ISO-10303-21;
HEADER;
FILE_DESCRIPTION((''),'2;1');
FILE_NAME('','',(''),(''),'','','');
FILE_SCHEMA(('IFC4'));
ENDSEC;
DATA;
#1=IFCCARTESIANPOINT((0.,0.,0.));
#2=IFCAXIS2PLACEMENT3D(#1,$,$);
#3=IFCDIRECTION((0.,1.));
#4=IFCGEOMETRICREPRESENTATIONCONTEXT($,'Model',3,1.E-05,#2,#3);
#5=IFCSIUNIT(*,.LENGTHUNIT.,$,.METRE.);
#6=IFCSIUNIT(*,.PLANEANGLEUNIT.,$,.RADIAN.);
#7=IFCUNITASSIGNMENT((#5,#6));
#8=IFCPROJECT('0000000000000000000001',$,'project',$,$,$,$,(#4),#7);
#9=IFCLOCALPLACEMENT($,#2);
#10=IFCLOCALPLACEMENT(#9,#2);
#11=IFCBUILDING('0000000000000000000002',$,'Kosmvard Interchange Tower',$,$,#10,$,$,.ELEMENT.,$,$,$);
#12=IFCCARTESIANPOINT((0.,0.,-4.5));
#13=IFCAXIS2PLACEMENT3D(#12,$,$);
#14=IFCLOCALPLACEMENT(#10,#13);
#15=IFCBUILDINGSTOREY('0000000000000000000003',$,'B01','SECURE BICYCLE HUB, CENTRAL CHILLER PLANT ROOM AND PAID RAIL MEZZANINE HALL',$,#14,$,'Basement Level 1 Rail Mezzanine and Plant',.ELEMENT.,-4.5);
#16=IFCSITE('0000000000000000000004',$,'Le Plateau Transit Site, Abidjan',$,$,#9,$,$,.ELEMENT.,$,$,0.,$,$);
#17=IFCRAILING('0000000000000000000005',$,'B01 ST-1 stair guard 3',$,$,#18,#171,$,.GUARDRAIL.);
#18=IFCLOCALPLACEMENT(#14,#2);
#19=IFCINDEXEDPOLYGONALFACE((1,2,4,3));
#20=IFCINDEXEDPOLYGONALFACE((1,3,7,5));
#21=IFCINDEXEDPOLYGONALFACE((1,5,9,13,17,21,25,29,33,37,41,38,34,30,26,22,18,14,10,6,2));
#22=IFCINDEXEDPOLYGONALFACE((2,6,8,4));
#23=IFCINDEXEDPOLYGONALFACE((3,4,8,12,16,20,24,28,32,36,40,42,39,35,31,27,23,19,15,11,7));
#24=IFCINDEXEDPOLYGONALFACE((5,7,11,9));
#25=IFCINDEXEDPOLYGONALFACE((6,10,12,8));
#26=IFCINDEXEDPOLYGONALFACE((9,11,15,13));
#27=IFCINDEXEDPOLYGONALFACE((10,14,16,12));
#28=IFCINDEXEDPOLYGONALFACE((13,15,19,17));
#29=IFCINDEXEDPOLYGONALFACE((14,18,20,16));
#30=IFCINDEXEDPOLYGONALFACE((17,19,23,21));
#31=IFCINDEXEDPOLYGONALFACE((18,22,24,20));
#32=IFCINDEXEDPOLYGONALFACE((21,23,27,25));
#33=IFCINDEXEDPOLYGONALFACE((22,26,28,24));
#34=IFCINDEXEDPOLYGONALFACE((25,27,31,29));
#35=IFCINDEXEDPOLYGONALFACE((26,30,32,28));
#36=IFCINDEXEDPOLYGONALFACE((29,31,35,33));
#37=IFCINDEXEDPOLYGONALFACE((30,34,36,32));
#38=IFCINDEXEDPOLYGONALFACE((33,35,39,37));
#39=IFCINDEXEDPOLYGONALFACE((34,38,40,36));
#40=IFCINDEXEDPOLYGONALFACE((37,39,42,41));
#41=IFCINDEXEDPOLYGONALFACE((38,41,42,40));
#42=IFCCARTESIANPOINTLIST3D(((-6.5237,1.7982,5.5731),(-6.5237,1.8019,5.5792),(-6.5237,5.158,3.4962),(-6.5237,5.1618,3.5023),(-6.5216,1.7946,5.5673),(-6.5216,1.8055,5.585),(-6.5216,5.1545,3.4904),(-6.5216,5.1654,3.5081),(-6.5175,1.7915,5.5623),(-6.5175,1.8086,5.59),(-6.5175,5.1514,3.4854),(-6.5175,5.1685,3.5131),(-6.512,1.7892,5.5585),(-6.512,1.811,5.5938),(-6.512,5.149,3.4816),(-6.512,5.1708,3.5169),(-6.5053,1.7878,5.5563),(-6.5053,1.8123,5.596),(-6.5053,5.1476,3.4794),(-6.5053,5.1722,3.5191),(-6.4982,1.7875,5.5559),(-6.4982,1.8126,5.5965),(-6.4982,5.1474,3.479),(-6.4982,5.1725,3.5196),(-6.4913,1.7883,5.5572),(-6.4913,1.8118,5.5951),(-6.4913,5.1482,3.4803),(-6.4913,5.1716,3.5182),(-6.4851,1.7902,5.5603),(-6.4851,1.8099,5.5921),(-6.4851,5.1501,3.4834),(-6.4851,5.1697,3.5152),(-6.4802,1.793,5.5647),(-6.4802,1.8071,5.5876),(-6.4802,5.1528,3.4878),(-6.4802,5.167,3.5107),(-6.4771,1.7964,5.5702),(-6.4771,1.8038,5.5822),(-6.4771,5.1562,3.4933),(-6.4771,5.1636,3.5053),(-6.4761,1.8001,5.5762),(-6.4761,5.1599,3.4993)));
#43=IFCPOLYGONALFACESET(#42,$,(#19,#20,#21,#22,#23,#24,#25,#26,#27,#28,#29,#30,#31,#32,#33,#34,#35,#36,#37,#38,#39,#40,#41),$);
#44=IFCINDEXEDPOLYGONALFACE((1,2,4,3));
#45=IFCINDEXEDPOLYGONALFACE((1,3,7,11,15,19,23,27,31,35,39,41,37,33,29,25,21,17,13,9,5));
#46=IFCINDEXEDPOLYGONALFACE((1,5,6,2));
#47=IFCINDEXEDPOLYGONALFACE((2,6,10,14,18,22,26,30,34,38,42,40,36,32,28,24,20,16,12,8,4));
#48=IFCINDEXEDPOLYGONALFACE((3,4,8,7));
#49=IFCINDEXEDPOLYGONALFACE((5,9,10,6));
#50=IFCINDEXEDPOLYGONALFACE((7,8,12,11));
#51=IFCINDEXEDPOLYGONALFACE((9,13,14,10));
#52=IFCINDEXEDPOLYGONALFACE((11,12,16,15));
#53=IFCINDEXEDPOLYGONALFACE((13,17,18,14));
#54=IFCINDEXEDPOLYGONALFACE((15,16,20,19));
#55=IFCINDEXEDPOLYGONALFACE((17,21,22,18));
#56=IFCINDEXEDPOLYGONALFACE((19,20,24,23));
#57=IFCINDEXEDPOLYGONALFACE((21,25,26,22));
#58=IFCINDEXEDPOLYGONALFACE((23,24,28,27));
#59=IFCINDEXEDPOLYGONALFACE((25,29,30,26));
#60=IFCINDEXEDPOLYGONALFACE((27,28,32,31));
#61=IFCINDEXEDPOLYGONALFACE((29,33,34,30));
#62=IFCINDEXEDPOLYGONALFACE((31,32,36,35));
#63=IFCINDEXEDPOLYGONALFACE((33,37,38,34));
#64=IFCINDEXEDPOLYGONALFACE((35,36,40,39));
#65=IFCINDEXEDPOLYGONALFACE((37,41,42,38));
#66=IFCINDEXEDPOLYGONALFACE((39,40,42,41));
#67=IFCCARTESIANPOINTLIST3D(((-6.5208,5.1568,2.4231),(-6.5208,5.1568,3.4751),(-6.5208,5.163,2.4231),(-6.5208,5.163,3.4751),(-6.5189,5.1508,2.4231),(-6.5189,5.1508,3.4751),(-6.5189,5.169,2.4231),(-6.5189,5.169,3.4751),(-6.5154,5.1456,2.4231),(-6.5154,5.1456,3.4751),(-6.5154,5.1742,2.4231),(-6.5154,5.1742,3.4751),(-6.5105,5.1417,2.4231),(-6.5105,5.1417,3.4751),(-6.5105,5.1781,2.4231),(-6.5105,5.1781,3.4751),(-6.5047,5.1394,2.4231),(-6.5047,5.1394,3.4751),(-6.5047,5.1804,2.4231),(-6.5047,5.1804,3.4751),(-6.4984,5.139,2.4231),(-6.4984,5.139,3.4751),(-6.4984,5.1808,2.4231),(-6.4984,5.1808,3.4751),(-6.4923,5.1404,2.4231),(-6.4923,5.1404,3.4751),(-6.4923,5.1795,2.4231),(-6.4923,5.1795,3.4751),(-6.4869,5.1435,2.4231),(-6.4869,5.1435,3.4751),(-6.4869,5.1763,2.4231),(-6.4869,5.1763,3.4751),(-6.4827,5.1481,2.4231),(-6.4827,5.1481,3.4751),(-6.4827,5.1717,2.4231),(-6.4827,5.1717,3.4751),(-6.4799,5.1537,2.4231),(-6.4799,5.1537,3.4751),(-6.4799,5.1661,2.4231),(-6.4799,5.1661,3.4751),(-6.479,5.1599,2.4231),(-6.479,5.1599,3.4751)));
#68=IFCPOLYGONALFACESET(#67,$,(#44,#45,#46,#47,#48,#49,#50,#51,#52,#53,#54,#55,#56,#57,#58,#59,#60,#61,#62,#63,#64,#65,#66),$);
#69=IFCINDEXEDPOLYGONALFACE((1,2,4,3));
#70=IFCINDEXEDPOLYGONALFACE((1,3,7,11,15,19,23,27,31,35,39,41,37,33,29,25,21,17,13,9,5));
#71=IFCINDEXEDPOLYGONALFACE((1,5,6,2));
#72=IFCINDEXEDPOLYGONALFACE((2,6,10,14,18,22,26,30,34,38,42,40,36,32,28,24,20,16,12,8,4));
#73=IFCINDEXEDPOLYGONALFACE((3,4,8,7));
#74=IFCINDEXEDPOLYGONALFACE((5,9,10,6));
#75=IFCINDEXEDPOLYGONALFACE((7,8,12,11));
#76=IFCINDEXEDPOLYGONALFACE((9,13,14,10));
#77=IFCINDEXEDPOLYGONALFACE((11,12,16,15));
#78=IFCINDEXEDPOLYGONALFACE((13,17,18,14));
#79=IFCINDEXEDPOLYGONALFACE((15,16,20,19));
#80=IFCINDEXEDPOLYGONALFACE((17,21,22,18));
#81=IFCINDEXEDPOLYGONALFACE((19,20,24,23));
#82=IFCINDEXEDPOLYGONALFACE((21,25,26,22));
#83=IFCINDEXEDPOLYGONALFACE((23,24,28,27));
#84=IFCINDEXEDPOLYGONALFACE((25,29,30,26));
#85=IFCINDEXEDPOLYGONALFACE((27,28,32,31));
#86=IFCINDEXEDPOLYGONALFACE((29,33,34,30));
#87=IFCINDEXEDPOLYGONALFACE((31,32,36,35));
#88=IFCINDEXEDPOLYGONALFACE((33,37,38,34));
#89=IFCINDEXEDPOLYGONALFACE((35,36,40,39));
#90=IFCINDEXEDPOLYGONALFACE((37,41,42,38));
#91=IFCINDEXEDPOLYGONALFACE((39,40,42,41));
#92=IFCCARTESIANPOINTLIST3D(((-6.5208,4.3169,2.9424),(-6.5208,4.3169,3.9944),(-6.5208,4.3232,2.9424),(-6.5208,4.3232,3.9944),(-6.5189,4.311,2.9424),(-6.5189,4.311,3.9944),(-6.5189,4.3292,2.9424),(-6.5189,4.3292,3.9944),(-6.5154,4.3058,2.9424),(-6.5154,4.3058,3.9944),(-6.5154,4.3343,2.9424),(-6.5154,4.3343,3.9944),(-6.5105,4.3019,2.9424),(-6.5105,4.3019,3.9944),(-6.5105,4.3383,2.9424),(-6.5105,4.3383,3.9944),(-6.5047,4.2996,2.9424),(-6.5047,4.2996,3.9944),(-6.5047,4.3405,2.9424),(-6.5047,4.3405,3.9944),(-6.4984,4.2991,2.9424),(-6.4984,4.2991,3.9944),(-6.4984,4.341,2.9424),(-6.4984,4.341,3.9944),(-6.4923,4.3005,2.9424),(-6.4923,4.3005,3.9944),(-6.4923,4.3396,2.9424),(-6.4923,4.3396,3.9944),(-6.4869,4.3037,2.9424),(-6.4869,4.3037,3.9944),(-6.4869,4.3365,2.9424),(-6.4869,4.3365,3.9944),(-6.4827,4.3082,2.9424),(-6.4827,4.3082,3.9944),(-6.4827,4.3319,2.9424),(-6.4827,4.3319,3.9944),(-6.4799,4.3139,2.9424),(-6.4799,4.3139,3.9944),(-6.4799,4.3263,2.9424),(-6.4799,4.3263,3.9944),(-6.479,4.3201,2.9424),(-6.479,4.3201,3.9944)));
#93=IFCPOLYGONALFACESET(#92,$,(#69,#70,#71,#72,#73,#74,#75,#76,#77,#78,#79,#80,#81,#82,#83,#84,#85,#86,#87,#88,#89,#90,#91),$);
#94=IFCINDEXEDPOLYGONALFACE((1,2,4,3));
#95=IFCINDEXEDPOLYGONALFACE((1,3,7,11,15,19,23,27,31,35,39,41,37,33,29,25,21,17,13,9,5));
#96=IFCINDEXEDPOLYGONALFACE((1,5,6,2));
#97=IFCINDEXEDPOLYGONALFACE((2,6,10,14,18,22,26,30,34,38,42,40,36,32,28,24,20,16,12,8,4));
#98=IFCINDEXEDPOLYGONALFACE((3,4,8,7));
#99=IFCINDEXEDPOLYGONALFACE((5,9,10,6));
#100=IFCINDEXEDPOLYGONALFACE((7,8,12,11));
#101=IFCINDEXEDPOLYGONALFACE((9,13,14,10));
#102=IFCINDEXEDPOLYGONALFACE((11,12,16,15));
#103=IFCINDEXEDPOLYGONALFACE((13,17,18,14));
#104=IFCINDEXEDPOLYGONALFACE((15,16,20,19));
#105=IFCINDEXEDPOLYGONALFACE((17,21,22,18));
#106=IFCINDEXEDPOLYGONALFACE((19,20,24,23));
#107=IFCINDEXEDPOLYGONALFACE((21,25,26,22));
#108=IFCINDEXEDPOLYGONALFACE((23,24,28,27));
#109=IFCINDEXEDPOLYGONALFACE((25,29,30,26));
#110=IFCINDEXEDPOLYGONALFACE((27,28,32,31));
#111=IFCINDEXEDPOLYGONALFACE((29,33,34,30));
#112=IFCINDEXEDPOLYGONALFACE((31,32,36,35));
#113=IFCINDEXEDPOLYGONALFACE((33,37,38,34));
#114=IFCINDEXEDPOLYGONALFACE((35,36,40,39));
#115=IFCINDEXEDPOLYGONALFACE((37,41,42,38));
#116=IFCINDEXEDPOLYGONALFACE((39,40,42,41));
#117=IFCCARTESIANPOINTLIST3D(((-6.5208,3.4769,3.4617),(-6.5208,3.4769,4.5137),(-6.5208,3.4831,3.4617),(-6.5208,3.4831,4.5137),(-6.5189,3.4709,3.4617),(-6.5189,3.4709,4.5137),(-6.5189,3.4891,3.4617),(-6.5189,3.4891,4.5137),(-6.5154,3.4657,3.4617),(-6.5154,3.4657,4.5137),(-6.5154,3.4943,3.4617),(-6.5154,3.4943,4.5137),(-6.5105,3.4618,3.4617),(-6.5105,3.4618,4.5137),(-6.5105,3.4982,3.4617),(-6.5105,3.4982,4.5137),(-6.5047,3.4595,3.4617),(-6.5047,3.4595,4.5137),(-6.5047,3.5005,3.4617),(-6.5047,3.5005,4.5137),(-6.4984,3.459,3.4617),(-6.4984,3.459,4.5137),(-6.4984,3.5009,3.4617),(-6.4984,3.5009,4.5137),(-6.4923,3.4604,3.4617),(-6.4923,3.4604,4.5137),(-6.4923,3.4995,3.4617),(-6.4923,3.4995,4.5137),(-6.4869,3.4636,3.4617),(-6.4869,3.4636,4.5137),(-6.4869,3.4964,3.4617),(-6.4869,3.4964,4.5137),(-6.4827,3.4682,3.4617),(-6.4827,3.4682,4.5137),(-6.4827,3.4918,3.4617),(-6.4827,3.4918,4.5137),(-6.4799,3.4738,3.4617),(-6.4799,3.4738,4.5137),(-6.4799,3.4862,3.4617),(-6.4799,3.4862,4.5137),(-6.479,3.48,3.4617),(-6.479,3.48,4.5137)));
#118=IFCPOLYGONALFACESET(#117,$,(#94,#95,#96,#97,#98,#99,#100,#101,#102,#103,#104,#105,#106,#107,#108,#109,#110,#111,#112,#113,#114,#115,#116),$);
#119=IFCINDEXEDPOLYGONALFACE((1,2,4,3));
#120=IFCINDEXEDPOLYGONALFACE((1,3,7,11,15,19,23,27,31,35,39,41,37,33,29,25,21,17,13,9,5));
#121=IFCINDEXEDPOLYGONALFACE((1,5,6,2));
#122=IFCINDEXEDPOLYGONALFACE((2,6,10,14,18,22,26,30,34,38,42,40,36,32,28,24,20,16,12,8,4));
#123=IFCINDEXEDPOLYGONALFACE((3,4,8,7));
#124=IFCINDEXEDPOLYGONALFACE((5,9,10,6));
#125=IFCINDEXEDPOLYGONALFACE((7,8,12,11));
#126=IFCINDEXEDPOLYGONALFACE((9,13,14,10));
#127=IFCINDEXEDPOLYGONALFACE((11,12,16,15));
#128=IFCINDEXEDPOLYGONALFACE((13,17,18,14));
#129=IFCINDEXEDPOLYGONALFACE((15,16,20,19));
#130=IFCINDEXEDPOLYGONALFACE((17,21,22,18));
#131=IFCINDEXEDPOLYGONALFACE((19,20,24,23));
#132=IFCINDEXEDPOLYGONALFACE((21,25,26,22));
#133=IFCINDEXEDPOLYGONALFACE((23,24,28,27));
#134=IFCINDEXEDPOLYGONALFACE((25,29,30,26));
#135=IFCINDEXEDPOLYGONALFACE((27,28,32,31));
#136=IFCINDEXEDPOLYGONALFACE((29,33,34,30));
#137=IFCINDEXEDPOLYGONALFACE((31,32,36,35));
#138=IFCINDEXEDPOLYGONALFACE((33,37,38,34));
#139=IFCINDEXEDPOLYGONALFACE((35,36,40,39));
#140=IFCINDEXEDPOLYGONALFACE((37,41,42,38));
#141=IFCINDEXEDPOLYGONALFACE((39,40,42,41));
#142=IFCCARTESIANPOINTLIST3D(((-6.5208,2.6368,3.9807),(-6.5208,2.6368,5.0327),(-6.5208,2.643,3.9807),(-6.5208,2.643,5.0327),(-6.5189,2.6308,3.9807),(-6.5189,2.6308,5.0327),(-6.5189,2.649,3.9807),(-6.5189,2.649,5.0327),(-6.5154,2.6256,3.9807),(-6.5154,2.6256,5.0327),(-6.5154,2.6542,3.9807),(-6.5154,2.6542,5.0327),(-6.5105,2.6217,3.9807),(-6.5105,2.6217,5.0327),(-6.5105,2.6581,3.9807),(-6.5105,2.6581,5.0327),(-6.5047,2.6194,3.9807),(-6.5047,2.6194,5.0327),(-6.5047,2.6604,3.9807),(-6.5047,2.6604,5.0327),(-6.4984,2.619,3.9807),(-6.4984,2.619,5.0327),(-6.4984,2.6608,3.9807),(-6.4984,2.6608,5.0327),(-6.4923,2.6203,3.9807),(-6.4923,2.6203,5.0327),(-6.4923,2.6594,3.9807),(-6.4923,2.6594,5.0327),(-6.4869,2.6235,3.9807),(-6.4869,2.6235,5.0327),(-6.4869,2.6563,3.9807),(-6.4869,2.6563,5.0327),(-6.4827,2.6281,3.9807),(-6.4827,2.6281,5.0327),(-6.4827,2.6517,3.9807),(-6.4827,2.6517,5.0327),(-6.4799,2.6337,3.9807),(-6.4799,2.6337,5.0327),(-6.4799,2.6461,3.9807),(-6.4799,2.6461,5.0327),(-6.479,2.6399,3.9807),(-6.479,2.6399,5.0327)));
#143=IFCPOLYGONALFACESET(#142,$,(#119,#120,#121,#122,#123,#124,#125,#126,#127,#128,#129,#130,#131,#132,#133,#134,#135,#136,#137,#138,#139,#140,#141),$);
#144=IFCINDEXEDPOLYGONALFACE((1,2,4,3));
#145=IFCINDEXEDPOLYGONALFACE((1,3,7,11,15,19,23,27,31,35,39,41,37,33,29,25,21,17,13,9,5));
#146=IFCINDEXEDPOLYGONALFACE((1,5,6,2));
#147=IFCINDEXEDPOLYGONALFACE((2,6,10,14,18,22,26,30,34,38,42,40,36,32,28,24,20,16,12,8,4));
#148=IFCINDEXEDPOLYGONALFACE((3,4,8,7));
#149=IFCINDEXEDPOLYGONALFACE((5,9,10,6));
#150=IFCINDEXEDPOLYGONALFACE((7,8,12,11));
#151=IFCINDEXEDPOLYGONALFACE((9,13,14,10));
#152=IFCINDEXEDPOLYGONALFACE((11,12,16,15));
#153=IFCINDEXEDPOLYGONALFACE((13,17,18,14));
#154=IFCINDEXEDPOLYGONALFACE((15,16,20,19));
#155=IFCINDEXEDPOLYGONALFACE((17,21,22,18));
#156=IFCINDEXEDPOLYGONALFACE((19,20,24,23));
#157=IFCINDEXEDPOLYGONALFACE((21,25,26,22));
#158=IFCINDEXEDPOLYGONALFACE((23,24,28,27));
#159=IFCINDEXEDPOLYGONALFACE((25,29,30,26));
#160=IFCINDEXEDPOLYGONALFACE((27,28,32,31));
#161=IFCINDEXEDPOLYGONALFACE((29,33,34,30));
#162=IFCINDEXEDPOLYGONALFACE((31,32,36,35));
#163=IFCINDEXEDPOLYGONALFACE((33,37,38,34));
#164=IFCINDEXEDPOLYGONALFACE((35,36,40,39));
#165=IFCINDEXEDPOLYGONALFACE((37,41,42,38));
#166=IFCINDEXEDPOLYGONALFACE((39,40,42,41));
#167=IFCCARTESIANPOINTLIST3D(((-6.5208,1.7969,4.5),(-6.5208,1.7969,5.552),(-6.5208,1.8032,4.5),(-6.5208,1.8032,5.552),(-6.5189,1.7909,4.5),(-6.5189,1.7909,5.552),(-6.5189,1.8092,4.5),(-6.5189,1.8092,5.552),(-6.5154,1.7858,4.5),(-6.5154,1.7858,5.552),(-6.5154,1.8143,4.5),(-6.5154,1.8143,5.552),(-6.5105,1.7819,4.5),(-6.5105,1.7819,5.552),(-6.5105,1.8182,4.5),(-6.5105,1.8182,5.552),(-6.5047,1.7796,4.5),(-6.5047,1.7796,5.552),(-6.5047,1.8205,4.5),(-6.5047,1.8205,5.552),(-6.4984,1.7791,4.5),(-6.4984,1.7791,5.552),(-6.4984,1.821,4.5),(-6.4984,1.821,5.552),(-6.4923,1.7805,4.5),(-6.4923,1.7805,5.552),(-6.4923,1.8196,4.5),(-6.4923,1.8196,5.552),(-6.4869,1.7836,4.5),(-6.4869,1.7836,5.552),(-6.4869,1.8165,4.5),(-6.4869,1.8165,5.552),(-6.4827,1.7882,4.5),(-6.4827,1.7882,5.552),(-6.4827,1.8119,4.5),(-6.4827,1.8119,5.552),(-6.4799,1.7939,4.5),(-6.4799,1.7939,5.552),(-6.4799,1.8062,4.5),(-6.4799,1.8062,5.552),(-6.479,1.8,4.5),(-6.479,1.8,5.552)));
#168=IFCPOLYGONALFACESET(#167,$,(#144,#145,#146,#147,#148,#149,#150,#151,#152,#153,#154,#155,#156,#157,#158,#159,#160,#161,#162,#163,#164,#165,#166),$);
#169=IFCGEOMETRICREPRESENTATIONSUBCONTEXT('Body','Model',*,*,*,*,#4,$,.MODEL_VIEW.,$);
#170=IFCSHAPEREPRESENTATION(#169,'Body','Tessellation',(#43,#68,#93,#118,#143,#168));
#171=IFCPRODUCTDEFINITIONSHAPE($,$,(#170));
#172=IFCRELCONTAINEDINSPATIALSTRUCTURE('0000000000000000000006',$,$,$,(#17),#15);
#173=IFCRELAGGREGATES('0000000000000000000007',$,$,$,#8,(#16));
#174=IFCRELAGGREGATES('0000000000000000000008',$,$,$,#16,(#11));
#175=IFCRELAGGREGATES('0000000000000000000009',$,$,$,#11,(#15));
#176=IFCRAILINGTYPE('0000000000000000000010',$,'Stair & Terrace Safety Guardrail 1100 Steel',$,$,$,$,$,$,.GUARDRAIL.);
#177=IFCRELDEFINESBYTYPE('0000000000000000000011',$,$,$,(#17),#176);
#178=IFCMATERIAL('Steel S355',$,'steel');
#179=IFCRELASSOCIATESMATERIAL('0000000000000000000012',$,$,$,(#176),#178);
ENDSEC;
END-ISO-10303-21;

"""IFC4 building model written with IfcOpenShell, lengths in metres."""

from ifc_helpers import new_model, si_unit, direction, frame, origin, origin_2d, place, context, subcontext, project, spatial, circle, extrude, source, transform, mapped, material, type_object, element, save


model = new_model("IFC4")

# Units and contexts
model_context = context("Model", 3, precision=1e-05, world=origin(), true_north=direction((0.0, 1.0)))
body_context = subcontext(model_context, "Body", "Model", "MODEL_VIEW")
ifc_project = project(units=[si_unit("LENGTHUNIT", "METRE"), si_unit("PLANEANGLEUNIT", "RADIAN")], contexts=[model_context])

# Site, building, storey
site_placement = place(None, origin())
site = spatial("IfcSite", under=ifc_project, at=site_placement, Name="Le Plateau Transit Site, Abidjan", CompositionType="ELEMENT", RefElevation=0.0)
building_placement = place(site_placement, origin())
building = spatial("IfcBuilding", under=site, at=building_placement, Name="Kosmvard Interchange Tower", CompositionType="ELEMENT")
storey_placement = place(building_placement, frame((0.0, 0.0, -4.5)))
storey = spatial("IfcBuildingStorey", under=building, at=storey_placement, Name="B01", Description="SECURE BICYCLE HUB, CENTRAL CHILLER PLANT ROOM AND PAID RAIL MEZZANINE HALL", LongName="Basement Level 1 Rail Mezzanine and Plant", CompositionType="ELEMENT", Elevation=-4.5)

# Railing
ifc_material_1 = material(Name="Steel S355", Category="steel")
railing_type_1 = type_object("IfcRailingType", Name="Stair & Terrace Safety Guardrail 1100 Steel", PredefinedType="GUARDRAIL", material=ifc_material_1)
shared_shape_1 = source(origin(), body_context, "Body", "SweptSolid", [
    extrude(circle(Radius=0.0239, at=origin_2d()), frame((0.0, 0.0, 1.0762), z_axis=(0.0, -0.850606, 0.525803), x_axis=(1.0, 0.0, 0.0)), (0.0, 0.0, 1.0), 3.95),
    extrude(circle(Radius=0.021, at=origin_2d()), origin(), (0.0, 0.0, 1.0), 1.052),
    extrude(circle(Radius=0.021, at=origin_2d()), frame((0.0, -0.8398, 0.5193)), (0.0, 0.0, 1.0), 1.052),
    extrude(circle(Radius=0.021, at=origin_2d()), frame((0.0, -1.6799, 1.0386)), (0.0, 0.0, 1.0), 1.052),
    extrude(circle(Radius=0.021, at=origin_2d()), frame((0.0, -2.52, 1.5576)), (0.0, 0.0, 1.0), 1.052),
    extrude(circle(Radius=0.021, at=origin_2d()), frame((0.0, -3.3599, 2.0769)), (0.0, 0.0, 1.0), 1.052),
])
railing_1_placement = place(storey_placement, frame((-6.5, 5.1599, 2.4231)))
element("IfcRailing", 1, at=railing_1_placement, inside=storey, type_object=railing_type_1, Name="B01 ST-1 stair guard 3", PredefinedType="GUARDRAIL", context=body_context, shape_type="MappedRepresentation", body=[
    mapped(shared_shape_1, transform((0.0, 0.0, 0.0), scale=1.0)),
])

save(model, "model.ifc")
